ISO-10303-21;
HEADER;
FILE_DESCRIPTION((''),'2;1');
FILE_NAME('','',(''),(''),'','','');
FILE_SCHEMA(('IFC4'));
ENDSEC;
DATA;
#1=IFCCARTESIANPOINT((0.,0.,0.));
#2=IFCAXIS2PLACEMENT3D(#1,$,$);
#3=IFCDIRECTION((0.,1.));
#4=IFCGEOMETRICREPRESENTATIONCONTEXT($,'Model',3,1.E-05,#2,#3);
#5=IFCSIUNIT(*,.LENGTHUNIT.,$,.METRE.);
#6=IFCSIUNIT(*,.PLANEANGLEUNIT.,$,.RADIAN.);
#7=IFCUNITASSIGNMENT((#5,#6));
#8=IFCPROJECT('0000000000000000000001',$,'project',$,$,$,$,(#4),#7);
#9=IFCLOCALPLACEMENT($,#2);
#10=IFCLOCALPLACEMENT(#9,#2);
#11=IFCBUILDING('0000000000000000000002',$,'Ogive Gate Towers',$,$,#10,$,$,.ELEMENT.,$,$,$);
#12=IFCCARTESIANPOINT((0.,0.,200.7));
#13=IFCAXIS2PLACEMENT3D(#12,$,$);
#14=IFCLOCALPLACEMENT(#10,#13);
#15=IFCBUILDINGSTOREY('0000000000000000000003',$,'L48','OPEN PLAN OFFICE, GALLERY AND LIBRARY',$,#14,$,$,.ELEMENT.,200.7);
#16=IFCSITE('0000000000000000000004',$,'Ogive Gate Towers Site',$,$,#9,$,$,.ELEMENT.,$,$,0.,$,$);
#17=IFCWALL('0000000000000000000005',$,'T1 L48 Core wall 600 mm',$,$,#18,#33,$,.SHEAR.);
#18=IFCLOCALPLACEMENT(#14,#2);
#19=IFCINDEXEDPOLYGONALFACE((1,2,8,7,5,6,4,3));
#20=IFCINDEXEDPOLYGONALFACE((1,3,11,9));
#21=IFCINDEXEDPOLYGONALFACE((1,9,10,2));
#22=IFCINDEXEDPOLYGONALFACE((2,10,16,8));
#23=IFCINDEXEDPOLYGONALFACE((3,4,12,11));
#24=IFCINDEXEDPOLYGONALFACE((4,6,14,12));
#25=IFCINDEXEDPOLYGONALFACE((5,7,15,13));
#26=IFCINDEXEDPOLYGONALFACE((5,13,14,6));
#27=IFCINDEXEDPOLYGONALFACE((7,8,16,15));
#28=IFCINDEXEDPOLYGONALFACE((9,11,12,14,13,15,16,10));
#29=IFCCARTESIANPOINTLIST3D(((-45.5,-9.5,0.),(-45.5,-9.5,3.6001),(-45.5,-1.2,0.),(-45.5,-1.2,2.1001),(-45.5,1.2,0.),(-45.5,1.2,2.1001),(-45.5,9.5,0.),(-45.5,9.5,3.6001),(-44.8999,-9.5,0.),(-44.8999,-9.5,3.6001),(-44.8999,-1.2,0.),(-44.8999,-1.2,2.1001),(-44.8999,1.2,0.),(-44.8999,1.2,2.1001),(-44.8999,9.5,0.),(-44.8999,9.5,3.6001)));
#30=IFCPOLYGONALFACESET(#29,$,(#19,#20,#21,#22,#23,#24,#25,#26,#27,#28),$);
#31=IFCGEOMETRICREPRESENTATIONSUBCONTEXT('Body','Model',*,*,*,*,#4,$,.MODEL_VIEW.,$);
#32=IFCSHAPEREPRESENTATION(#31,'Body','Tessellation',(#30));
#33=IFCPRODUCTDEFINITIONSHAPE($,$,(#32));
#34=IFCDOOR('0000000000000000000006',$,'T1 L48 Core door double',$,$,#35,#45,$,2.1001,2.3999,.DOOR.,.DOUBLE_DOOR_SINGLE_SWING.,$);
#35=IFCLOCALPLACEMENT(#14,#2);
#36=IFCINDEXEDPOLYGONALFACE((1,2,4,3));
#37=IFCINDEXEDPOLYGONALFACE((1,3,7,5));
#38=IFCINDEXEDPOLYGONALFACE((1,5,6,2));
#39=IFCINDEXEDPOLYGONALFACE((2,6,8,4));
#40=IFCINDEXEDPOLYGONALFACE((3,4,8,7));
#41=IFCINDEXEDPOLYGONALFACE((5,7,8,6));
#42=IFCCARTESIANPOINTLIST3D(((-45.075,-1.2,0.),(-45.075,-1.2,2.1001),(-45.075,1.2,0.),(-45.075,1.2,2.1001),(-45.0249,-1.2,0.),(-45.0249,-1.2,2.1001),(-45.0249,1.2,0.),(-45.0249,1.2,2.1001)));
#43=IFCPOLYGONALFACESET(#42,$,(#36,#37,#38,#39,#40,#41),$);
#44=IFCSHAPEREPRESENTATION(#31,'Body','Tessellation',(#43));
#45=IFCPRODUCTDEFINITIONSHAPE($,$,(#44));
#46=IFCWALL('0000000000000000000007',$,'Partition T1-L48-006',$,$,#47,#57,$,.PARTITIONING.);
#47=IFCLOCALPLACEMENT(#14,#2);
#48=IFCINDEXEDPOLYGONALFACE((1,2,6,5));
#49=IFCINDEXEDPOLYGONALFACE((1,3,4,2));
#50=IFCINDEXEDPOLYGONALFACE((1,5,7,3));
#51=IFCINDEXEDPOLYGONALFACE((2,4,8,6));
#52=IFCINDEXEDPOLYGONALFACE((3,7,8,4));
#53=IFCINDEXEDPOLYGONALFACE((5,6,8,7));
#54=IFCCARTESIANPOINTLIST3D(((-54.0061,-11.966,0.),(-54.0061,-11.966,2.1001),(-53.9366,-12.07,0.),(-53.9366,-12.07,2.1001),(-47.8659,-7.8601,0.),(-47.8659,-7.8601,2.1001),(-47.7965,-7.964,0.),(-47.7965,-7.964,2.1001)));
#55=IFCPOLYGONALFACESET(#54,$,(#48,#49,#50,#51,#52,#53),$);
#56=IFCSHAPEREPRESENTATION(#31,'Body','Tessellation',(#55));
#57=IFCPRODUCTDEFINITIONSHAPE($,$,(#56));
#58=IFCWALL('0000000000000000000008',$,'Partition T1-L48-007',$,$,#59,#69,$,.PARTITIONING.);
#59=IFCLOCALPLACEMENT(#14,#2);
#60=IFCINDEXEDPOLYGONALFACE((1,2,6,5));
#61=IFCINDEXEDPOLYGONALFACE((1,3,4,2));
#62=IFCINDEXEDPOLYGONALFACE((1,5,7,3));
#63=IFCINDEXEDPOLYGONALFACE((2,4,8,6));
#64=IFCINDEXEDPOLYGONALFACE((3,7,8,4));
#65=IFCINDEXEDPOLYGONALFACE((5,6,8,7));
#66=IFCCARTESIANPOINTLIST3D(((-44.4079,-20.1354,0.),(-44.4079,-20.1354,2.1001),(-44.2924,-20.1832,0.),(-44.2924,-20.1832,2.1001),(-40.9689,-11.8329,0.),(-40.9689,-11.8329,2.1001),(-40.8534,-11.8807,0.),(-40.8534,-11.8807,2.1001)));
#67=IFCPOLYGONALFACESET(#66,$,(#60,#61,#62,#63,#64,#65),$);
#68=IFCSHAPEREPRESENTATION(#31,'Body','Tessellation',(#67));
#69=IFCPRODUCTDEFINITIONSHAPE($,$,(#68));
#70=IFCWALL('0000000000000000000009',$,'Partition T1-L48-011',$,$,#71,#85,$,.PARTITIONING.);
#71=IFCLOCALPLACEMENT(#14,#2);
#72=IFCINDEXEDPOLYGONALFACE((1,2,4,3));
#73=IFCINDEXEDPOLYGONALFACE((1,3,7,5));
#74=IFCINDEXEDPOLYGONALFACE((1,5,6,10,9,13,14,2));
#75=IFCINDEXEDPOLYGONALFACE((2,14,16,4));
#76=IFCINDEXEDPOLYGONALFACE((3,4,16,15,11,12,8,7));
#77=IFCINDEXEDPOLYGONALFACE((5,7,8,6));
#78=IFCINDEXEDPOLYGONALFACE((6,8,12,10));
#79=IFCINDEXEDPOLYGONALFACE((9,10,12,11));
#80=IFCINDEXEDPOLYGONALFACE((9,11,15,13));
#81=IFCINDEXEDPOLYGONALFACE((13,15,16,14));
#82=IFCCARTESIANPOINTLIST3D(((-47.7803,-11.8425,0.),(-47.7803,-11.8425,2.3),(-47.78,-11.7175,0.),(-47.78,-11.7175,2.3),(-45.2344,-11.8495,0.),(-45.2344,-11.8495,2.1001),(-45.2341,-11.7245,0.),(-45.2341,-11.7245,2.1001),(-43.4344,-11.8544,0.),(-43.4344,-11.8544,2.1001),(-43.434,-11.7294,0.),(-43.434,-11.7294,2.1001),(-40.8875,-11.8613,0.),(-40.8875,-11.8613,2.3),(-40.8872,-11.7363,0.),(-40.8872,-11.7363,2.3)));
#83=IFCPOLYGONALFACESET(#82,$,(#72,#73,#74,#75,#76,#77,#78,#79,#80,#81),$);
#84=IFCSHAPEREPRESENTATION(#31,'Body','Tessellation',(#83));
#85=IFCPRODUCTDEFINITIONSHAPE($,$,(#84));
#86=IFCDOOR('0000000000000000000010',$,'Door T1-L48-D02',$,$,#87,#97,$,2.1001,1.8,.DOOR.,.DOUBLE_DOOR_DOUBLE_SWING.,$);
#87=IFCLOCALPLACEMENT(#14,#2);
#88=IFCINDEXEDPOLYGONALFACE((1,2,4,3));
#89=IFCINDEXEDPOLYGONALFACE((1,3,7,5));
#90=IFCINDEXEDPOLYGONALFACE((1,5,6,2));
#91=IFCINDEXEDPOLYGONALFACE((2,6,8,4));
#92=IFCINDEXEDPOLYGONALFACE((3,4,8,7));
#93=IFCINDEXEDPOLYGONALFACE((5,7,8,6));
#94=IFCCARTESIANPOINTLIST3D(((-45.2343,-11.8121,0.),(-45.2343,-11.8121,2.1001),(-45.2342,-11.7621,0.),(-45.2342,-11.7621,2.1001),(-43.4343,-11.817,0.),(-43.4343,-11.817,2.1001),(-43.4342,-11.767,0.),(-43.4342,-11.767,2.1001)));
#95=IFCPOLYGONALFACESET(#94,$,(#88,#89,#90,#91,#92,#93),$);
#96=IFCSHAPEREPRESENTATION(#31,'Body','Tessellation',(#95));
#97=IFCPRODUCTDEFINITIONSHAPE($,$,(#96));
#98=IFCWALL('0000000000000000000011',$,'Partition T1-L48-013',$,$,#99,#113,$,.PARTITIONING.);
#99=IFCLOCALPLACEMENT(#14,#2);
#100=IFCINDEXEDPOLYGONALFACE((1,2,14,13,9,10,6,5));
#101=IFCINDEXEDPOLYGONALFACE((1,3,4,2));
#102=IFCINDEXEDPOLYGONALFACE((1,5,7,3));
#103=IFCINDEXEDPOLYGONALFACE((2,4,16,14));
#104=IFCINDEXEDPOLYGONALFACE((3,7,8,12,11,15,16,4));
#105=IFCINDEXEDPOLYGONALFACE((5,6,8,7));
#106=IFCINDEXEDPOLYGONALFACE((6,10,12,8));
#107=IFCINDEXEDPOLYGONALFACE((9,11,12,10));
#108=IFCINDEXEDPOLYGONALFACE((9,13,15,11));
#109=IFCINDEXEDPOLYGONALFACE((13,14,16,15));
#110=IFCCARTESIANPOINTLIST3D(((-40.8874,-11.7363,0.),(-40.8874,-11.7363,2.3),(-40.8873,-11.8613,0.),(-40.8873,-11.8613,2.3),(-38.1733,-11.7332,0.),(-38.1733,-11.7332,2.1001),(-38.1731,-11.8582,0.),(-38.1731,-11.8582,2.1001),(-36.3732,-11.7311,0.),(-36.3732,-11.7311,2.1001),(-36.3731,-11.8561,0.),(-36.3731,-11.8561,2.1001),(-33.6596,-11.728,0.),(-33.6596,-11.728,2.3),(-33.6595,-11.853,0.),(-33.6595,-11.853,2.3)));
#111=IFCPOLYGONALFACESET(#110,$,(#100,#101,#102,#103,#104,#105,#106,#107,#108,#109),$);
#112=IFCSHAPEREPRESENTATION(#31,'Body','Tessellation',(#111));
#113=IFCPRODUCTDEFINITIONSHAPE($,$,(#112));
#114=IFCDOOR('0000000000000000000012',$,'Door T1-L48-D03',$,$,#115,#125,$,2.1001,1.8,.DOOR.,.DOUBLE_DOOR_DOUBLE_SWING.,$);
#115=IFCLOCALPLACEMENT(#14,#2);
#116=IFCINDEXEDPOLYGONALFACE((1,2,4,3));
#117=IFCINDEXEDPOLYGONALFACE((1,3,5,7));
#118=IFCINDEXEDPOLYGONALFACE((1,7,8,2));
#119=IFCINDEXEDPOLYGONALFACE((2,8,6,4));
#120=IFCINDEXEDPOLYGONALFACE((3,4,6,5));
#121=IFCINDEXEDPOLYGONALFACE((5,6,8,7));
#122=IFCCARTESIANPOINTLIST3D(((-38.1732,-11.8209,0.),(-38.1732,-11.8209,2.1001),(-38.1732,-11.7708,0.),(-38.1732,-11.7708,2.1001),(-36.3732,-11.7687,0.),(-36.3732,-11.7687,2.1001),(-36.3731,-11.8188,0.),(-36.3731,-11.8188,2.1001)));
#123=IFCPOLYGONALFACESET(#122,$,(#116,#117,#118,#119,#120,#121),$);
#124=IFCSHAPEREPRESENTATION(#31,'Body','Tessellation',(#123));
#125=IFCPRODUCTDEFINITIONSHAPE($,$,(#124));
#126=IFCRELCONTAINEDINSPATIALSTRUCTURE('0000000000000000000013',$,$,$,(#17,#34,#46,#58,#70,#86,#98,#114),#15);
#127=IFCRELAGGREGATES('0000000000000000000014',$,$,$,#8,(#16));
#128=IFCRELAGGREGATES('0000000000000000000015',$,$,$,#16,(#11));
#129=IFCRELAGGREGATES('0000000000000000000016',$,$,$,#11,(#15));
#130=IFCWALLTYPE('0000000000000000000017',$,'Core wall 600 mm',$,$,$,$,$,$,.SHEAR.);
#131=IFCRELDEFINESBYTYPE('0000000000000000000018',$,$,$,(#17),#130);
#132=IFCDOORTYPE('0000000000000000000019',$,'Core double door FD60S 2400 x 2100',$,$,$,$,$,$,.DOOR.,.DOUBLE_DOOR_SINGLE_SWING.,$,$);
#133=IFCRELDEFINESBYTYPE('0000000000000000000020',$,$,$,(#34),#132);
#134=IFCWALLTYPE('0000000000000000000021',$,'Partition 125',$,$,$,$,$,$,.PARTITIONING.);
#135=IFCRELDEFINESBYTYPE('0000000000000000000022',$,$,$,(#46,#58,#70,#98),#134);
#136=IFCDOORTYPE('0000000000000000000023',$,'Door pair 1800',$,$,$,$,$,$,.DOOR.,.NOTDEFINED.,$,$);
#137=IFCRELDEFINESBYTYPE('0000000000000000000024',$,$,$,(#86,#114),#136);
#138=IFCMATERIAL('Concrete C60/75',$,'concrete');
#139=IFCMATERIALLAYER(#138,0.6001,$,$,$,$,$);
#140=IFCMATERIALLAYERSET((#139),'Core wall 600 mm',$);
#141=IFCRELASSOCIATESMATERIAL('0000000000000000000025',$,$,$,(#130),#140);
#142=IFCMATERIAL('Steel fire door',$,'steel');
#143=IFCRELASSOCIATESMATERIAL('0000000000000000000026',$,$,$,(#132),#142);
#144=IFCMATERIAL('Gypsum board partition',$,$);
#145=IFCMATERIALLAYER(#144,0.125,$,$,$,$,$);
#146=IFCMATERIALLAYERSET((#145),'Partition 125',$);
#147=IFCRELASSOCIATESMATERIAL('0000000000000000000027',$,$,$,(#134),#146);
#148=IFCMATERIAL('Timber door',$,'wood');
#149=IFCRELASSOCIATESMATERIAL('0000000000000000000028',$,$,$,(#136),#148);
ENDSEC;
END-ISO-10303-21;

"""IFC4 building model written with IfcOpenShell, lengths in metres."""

from ifc_helpers import new_model, si_unit, direction, frame, frame_2d, origin, place, context, subcontext, project, spatial, rectangle, extrude, material, layer, layer_set, type_object, element, fill, save


model = new_model("IFC4")

# Units and contexts
model_context = context("Model", 3, precision=1e-05, world=origin(), true_north=direction((0.0, 1.0)))
body_context = subcontext(model_context, "Body", "Model", "MODEL_VIEW")
ifc_project = project(units=[si_unit("LENGTHUNIT", "METRE"), si_unit("PLANEANGLEUNIT", "RADIAN")], contexts=[model_context])

# Site, building, storey
site_placement = place(None, origin())
site = spatial("IfcSite", under=ifc_project, at=site_placement, Name="Ogive Gate Towers Site", CompositionType="ELEMENT", RefElevation=0.0)
building_placement = place(site_placement, origin())
building = spatial("IfcBuilding", under=site, at=building_placement, Name="Ogive Gate Towers", CompositionType="ELEMENT")
storey_placement = place(building_placement, frame((0.0, 0.0, 200.7)))
storey = spatial("IfcBuildingStorey", under=building, at=storey_placement, Name="L48", Description="OPEN PLAN OFFICE, GALLERY AND LIBRARY", CompositionType="ELEMENT", Elevation=200.7)

# Wall, opening, door
ifc_material_1 = material(Name="Concrete C60/75", Category="concrete")
ifc_layer_1 = layer(ifc_material_1, 0.6001)
ifc_layer_set_1 = layer_set([ifc_layer_1], Name="Core wall 600 mm")
wall_type_1 = type_object("IfcWallType", Name="Core wall 600 mm", PredefinedType="SHEAR", material=ifc_layer_set_1)
wall_1_placement = place(storey_placement, frame((-45.2, -9.5, 0.0), z_axis=(0.0, 0.0, 1.0), x_axis=(0.0, 1.0, 0.0)))
wall_1 = element("IfcWall", 1, at=wall_1_placement, inside=storey, type_object=wall_type_1, Name="T1 L48 Core wall 600 mm", PredefinedType="SHEAR", context=body_context, shape_type="SweptSolid", body=[
    extrude(rectangle(XDim=19.0, YDim=0.6001, at=frame_2d((9.5, 0.0))), origin(), (0.0, 0.0, 1.0), 3.6001),
])
opening_1_placement = place(wall_1_placement, frame((8.3, 0.0, 0.0)))
opening_1 = element("IfcOpeningElement", 2, at=opening_1_placement, cuts=wall_1, PredefinedType="OPENING", context=body_context, shape_type="SweptSolid", body=[
    extrude(rectangle(XDim=2.3999, YDim=2.1001, at=frame_2d((1.2, 1.05))), frame((0.0, 0.3101, 0.0), z_axis=(0.0, -1.0, 0.0), x_axis=(1.0, 0.0, 0.0)), (0.0, 0.0, 1.0), 0.6201),
])
ifc_material_2 = material(Name="Steel fire door", Category="steel")
door_type_1 = type_object("IfcDoorType", Name="Core double door FD60S 2400 x 2100", OperationType="DOUBLE_DOOR_SINGLE_SWING", PredefinedType="DOOR", material=ifc_material_2)
door_1_placement = place(opening_1_placement, origin())
door_1 = element("IfcDoor", 3, at=door_1_placement, inside=storey, type_object=door_type_1, Name="T1 L48 Core door double", OperationType="DOUBLE_DOOR_SINGLE_SWING", OverallHeight=2.1001, OverallWidth=2.3999, PredefinedType="DOOR", context=body_context, shape_type="SweptSolid", body=[
    extrude(rectangle(XDim=2.3999, YDim=2.1001, at=frame_2d((1.2, 1.05))), frame((0.0, -0.125, 0.0), z_axis=(0.0, -1.0, 0.0), x_axis=(1.0, 0.0, 0.0)), (0.0, 0.0, 1.0), 0.05),
])
fill(opening_1, door_1)

# Walls
ifc_material_3 = material(Name="Gypsum board partition")
ifc_layer_2 = layer(ifc_material_3, 0.125)
ifc_layer_set_2 = layer_set([ifc_layer_2], Name="Partition 125")
wall_type_2 = type_object("IfcWallType", Name="Partition 125", PredefinedType="PARTITIONING", material=ifc_layer_set_2)
wall_2_placement = place(storey_placement, frame((-53.9714, -12.0181, 0.0), z_axis=(0.0, 0.0, 1.0), x_axis=(0.831266, 0.555874, 0.0)))
element("IfcWall", 4, at=wall_2_placement, inside=storey, type_object=wall_type_2, Name="Partition T1-L48-006", PredefinedType="PARTITIONING", context=body_context, shape_type="SweptSolid", body=[
    extrude(rectangle(XDim=7.3865, YDim=0.125, at=frame_2d((3.6934, 0.0))), origin(), (0.0, 0.0, 1.0), 2.1001),
])
wall_3_placement = place(storey_placement, frame((-44.3501, -20.1592, 0.0), z_axis=(0.0, 0.0, 1.0), x_axis=(0.38268, 0.923881, 0.0)))
element("IfcWall", 5, at=wall_3_placement, inside=storey, type_object=wall_type_2, Name="Partition T1-L48-007", PredefinedType="PARTITIONING", context=body_context, shape_type="SweptSolid", body=[
    extrude(rectangle(XDim=8.9866, YDim=0.125, at=frame_2d((4.4932, 0.0))), origin(), (0.0, 0.0, 1.0), 2.1001),
])

# Walls, openings, doors
wall_4_placement = place(storey_placement, frame((-47.78, -11.78, 0.0), z_axis=(0.0, 0.0, 1.0), x_axis=(0.999996, -0.002727, 0.0)))
wall_4 = element("IfcWall", 6, at=wall_4_placement, inside=storey, type_object=wall_type_2, Name="Partition T1-L48-011", PredefinedType="PARTITIONING", context=body_context, shape_type="SweptSolid", body=[
    extrude(rectangle(XDim=6.8928, YDim=0.125, at=frame_2d((3.4463, 0.0))), origin(), (0.0, 0.0, 1.0), 2.3),
])
opening_2_placement = place(wall_4_placement, frame((2.5459, 0.0, 0.0)))
opening_2 = element("IfcOpeningElement", 7, at=opening_2_placement, cuts=wall_4, PredefinedType="OPENING", context=body_context, shape_type="SweptSolid", body=[
    extrude(rectangle(XDim=1.8, YDim=2.1001, at=frame_2d((0.8999, 1.05))), frame((0.0, 0.0725, 0.0), z_axis=(0.0, -1.0, 0.0), x_axis=(1.0, 0.0, 0.0)), (0.0, 0.0, 1.0), 0.145),
])
ifc_material_4 = material(Name="Timber door", Category="wood")
door_type_2 = type_object("IfcDoorType", Name="Door pair 1800", OperationType="NOTDEFINED", PredefinedType="DOOR", material=ifc_material_4)
door_2_placement = place(opening_2_placement, origin())
door_2 = element("IfcDoor", 8, at=door_2_placement, inside=storey, type_object=door_type_2, Name="Door T1-L48-D02", OperationType="DOUBLE_DOOR_DOUBLE_SWING", OverallHeight=2.1001, OverallWidth=1.8, PredefinedType="DOOR", context=body_context, shape_type="SweptSolid", body=[
    extrude(rectangle(XDim=1.8, YDim=2.1001, at=frame_2d((0.8999, 1.05))), frame((0.0, 0.0249, 0.0), z_axis=(0.0, -1.0, 0.0), x_axis=(1.0, 0.0, 0.0)), (0.0, 0.0, 1.0), 0.05),
])
fill(opening_2, door_2)
wall_5_placement = place(storey_placement, frame((-40.8872, -11.7988, 0.0), z_axis=(0.0, 0.0, 1.0), x_axis=(0.999999, 0.001148, 0.0)))
wall_5 = element("IfcWall", 9, at=wall_5_placement, inside=storey, type_object=wall_type_2, Name="Partition T1-L48-013", PredefinedType="PARTITIONING", context=body_context, shape_type="SweptSolid", body=[
    extrude(rectangle(XDim=7.2278, YDim=0.125, at=frame_2d((3.6138, 0.0))), origin(), (0.0, 0.0, 1.0), 2.3),
])
opening_3_placement = place(wall_5_placement, frame((2.7141, 0.0, 0.0)))
opening_3 = element("IfcOpeningElement", 10, at=opening_3_placement, cuts=wall_5, PredefinedType="OPENING", context=body_context, shape_type="SweptSolid", body=[
    extrude(rectangle(XDim=1.8, YDim=2.1001, at=frame_2d((0.8999, 1.05))), frame((0.0, 0.0725, 0.0), z_axis=(0.0, -1.0, 0.0), x_axis=(1.0, 0.0, 0.0)), (0.0, 0.0, 1.0), 0.145),
])
door_3_placement = place(opening_3_placement, origin())
door_3 = element("IfcDoor", 11, at=door_3_placement, inside=storey, type_object=door_type_2, Name="Door T1-L48-D03", OperationType="DOUBLE_DOOR_DOUBLE_SWING", OverallHeight=2.1001, OverallWidth=1.8, PredefinedType="DOOR", context=body_context, shape_type="SweptSolid", body=[
    extrude(rectangle(XDim=1.8, YDim=2.1001, at=frame_2d((0.8999, 1.05))), frame((0.0, 0.0249, 0.0), z_axis=(0.0, -1.0, 0.0), x_axis=(1.0, 0.0, 0.0)), (0.0, 0.0, 1.0), 0.05),
])
fill(opening_3, door_3)

save(model, "model.ifc")
